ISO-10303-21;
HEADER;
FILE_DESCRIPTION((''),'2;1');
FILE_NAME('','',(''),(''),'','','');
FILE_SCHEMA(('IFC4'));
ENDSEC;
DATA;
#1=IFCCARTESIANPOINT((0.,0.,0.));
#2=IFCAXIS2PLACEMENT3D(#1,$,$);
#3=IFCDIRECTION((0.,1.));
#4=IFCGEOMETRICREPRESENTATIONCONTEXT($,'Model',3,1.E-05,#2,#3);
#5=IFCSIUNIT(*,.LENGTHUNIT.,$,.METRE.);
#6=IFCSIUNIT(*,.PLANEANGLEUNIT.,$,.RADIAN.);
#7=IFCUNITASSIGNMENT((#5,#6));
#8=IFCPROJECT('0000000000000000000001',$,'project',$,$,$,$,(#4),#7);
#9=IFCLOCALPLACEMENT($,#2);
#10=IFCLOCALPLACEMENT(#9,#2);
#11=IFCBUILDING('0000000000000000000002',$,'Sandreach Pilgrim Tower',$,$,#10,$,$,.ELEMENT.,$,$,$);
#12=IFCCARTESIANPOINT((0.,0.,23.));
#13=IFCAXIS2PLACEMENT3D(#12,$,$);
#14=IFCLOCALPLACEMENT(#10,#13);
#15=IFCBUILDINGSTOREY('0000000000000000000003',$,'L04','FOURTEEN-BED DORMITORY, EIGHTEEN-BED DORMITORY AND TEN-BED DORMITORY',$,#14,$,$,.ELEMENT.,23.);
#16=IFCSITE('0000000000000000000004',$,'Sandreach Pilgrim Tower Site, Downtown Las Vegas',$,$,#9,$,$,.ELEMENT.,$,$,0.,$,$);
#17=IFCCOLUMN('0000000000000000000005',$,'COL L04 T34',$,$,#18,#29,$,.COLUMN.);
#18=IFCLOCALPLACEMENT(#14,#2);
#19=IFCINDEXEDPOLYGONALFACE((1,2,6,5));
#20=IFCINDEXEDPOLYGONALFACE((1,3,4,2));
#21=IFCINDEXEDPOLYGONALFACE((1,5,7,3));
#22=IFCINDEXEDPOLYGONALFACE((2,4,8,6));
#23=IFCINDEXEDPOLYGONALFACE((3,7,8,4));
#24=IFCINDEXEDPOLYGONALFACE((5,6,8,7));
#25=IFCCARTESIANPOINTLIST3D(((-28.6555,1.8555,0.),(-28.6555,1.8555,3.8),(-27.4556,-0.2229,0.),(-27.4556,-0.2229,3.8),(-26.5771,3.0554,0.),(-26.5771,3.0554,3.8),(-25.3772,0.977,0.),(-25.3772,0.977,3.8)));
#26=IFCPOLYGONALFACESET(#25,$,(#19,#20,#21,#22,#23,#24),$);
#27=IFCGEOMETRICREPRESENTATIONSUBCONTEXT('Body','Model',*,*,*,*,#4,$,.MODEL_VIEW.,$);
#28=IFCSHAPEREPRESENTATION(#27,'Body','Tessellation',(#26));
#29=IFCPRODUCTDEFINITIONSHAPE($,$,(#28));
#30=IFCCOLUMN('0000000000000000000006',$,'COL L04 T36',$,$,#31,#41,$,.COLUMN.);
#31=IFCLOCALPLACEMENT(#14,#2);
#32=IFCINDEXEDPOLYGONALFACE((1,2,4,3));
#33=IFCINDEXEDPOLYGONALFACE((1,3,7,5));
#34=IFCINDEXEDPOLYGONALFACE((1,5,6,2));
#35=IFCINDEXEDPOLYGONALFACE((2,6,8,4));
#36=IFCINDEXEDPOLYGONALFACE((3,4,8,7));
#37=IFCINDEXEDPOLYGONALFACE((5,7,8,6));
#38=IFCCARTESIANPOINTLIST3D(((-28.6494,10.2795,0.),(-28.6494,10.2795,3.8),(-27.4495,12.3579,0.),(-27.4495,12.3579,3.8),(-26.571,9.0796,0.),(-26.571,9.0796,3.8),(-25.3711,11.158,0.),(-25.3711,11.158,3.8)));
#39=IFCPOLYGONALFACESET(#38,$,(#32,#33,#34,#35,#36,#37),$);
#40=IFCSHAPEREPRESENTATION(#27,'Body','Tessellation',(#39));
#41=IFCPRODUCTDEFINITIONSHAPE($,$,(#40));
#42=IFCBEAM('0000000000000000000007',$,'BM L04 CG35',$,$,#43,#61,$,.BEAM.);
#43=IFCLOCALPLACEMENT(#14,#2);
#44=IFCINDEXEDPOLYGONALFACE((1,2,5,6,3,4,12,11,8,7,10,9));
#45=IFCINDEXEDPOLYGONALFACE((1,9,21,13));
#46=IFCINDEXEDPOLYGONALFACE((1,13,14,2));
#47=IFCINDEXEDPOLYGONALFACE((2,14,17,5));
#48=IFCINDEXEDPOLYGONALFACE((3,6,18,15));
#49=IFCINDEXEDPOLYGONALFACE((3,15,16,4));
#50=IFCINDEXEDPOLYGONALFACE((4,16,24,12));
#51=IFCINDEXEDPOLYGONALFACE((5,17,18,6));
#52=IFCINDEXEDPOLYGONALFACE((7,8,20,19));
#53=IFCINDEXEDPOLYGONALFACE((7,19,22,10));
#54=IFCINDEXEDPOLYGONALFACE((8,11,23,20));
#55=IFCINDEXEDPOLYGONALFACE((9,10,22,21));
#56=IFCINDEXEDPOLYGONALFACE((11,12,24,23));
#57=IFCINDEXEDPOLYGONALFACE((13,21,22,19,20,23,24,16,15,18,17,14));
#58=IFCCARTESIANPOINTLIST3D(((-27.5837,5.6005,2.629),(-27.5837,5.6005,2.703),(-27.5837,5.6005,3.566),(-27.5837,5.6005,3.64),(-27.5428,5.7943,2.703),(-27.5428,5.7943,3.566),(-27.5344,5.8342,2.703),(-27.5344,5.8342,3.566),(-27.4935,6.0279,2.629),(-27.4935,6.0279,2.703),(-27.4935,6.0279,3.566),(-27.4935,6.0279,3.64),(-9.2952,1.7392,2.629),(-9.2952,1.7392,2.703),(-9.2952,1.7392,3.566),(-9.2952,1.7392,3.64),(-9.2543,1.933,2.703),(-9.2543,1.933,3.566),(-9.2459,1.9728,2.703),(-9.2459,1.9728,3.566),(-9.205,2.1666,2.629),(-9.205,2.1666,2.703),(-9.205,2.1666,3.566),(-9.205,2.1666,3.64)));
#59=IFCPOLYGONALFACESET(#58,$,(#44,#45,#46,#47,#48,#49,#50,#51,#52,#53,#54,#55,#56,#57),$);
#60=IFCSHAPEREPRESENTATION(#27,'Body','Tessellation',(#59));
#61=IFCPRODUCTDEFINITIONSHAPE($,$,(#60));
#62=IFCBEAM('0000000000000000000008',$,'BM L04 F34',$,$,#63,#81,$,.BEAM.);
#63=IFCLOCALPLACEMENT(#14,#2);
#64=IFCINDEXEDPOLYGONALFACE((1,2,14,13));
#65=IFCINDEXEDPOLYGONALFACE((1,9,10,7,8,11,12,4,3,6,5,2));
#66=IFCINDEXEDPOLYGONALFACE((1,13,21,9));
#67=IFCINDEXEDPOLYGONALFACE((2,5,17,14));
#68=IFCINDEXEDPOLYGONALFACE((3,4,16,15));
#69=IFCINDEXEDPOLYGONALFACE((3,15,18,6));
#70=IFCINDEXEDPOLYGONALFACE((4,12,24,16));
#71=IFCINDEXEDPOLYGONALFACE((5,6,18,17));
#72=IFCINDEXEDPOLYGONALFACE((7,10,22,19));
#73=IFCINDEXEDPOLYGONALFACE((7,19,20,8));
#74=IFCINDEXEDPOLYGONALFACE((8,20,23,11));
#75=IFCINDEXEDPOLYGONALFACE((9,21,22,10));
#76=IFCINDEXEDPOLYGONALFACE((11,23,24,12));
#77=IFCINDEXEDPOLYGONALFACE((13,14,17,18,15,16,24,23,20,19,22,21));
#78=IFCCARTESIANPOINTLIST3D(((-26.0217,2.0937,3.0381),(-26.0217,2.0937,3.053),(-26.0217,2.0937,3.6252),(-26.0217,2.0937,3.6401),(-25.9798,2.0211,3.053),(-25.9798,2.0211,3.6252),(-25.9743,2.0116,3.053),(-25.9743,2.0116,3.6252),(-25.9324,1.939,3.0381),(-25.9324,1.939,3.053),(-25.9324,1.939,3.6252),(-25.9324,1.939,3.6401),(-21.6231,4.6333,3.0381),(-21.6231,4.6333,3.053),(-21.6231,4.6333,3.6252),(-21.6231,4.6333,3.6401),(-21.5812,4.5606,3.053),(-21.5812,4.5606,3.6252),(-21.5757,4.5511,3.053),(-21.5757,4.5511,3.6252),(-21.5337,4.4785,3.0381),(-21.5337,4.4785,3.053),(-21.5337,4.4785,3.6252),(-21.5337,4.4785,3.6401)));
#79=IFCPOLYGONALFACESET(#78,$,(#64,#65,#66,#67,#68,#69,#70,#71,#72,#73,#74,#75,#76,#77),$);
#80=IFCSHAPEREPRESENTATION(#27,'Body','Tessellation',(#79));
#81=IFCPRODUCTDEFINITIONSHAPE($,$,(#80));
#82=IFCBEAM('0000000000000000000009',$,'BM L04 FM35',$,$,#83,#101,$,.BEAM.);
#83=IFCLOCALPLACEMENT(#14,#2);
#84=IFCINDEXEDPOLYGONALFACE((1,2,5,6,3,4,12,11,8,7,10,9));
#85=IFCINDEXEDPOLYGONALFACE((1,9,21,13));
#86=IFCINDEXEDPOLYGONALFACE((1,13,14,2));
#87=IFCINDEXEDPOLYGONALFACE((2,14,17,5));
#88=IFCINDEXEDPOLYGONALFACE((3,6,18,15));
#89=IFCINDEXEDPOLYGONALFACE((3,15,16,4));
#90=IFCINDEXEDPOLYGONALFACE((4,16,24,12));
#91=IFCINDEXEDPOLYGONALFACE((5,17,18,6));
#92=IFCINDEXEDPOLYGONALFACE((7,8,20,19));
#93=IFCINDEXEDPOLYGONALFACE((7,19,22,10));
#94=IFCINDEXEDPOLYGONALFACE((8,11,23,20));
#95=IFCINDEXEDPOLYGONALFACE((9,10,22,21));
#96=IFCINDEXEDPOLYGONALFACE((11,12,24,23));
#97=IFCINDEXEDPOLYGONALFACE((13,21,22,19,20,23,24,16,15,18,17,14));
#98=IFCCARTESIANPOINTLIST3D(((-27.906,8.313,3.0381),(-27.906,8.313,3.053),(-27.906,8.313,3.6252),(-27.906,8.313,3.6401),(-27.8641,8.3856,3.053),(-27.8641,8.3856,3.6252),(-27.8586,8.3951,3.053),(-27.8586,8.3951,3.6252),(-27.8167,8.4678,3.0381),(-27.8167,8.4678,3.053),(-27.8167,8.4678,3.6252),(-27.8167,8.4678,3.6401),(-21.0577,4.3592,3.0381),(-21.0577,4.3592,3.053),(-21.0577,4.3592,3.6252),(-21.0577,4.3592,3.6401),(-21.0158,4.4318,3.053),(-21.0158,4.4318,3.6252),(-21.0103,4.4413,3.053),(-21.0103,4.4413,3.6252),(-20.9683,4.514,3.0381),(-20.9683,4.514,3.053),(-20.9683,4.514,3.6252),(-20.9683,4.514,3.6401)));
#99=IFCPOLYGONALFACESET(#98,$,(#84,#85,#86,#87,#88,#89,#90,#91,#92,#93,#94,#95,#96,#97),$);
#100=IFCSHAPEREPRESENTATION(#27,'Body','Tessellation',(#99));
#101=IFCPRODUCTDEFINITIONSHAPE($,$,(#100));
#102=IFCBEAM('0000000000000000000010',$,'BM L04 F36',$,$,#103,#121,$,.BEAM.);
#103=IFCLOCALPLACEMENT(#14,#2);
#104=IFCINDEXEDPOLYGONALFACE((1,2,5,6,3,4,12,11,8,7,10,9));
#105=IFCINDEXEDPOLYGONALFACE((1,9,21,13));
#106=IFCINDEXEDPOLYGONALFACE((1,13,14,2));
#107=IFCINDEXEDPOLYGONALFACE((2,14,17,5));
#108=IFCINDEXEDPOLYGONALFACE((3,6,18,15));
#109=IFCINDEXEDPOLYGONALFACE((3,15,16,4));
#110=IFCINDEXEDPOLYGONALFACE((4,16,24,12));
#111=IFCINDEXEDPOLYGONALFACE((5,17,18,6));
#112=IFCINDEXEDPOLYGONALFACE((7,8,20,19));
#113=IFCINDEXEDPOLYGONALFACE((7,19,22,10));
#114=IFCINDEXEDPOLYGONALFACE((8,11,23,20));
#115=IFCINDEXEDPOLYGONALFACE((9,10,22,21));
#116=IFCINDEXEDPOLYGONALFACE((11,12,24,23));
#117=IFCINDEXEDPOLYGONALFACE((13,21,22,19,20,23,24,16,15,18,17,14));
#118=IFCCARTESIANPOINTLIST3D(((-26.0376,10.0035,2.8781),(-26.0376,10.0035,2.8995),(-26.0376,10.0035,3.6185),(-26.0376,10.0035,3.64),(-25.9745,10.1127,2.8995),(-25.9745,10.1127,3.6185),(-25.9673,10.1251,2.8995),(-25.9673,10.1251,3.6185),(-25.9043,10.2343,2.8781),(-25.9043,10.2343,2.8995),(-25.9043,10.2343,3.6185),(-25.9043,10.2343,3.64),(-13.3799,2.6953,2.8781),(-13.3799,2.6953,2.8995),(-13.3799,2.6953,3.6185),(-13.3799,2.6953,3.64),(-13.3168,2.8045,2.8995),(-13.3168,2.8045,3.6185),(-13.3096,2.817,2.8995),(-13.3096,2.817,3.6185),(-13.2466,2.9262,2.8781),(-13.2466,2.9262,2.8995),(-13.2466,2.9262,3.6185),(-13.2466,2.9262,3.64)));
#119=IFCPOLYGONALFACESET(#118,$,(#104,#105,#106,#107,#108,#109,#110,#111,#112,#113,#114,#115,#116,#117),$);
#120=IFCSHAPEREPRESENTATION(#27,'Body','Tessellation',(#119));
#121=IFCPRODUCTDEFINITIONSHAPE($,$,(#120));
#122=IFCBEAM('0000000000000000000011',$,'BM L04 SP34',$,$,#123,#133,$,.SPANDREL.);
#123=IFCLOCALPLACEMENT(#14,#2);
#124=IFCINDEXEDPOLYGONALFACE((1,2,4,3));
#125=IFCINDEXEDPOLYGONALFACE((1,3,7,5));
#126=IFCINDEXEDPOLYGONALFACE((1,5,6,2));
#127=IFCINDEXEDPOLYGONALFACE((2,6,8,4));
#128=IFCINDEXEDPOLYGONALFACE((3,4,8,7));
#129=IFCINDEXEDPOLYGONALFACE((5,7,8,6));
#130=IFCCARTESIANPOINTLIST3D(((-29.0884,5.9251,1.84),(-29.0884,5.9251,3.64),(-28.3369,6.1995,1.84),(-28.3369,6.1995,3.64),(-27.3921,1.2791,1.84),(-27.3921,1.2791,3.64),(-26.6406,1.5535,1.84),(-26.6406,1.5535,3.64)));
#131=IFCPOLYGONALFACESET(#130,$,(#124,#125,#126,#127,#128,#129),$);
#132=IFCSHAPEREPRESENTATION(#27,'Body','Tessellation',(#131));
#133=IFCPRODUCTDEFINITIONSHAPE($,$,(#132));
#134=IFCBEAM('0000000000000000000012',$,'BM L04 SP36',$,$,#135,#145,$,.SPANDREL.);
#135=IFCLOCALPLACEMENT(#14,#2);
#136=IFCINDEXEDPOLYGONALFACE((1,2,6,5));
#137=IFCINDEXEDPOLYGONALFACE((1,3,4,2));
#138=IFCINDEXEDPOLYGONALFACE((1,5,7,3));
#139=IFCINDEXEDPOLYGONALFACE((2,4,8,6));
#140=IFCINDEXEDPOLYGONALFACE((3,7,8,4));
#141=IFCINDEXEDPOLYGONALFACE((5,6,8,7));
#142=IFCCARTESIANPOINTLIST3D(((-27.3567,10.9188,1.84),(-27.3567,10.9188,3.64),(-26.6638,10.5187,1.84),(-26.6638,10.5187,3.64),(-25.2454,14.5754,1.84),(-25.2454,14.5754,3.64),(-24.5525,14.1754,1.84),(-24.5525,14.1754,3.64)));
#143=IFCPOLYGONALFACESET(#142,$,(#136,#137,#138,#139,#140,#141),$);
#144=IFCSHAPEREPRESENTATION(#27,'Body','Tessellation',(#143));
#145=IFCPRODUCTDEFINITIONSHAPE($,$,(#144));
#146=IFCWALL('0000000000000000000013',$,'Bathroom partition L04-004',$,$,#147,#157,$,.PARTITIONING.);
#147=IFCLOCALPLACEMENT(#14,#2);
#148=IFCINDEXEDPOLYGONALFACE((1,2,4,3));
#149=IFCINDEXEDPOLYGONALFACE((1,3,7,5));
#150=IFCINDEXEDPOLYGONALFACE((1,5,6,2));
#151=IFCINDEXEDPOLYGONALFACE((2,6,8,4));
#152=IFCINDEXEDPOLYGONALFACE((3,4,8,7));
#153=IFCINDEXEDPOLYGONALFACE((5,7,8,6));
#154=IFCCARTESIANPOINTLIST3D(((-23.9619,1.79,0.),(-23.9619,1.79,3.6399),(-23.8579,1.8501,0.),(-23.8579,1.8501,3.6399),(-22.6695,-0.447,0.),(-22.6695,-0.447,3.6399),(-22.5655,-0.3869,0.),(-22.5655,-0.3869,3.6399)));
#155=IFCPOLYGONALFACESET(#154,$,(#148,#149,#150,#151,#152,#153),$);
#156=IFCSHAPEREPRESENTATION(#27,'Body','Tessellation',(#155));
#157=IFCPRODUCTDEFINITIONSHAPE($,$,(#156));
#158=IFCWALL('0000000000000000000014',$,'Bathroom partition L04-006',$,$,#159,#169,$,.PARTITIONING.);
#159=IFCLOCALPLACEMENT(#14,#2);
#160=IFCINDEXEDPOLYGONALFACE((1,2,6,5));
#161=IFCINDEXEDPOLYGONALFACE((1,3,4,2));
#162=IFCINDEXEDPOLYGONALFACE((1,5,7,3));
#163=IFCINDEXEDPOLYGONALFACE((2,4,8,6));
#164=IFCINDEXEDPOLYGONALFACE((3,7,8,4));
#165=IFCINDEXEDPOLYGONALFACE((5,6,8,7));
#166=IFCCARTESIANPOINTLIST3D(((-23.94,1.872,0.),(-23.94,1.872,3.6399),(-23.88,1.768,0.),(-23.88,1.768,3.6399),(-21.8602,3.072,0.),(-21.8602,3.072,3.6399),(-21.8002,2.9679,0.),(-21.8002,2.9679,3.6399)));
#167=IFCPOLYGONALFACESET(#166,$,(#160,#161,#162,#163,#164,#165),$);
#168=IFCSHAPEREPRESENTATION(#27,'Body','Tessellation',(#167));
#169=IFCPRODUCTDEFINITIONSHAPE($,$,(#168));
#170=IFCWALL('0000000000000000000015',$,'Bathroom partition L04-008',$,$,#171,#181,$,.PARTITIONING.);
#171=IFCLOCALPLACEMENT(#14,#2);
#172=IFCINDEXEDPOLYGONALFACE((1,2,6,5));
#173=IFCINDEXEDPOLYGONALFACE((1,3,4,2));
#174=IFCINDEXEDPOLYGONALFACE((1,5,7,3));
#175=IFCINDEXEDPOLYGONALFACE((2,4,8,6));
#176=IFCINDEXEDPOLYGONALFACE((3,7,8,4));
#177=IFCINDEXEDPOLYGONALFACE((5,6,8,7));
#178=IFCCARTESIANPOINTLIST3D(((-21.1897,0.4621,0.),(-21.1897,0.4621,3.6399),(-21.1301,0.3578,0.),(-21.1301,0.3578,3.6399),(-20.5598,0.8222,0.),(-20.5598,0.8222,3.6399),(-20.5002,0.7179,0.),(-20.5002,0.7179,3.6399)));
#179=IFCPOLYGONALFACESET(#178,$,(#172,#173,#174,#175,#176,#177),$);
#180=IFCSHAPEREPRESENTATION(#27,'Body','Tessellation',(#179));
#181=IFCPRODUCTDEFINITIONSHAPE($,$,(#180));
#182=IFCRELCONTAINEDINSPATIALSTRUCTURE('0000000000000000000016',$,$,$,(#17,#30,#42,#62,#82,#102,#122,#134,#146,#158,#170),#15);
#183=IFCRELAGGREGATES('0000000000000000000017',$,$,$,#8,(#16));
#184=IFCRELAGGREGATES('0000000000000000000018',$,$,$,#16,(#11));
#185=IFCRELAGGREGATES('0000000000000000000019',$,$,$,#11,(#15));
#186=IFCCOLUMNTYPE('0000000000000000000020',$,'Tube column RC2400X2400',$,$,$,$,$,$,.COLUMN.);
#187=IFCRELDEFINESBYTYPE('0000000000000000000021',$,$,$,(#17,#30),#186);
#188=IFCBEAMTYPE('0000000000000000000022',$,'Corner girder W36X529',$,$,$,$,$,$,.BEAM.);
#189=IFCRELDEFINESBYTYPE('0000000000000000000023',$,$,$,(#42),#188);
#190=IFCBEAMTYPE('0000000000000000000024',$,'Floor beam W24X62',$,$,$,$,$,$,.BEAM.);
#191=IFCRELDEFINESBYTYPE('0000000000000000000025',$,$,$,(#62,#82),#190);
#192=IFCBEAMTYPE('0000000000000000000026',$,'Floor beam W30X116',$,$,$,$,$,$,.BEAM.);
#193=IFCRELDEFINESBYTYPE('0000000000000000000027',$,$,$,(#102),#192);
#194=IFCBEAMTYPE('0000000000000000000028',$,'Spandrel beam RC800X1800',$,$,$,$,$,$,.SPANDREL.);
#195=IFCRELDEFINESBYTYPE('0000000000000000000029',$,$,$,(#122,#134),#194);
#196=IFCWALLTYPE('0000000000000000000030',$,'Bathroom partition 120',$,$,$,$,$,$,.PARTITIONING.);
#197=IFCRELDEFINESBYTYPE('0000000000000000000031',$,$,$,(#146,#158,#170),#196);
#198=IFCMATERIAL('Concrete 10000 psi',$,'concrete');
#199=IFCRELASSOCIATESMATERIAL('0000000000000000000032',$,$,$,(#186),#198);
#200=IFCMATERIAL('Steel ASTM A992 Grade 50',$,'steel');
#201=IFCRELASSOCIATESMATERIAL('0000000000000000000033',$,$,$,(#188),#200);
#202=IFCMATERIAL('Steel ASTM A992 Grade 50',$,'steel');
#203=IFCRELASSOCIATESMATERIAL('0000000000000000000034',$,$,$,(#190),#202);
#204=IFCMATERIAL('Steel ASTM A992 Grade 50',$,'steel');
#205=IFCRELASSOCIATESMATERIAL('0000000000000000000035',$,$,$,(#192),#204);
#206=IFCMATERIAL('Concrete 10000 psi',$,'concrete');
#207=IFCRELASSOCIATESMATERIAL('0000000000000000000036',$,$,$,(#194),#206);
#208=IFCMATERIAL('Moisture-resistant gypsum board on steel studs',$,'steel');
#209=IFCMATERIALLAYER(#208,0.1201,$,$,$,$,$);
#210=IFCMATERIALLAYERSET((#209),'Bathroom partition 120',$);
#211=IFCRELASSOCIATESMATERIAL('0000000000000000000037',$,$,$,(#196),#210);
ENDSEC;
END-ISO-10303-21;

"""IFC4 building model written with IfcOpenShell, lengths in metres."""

from ifc_helpers import new_model, si_unit, direction, frame, frame_2d, origin, origin_2d, place, context, subcontext, project, spatial, rectangle, i_section, extrude, material, layer, layer_set, material_profile, profile_set, type_object, element, save


model = new_model("IFC4")

# Units and contexts
model_context = context("Model", 3, precision=1e-05, world=origin(), true_north=direction((0.0, 1.0)))
body_context = subcontext(model_context, "Body", "Model", "MODEL_VIEW")
ifc_project = project(units=[si_unit("LENGTHUNIT", "METRE"), si_unit("PLANEANGLEUNIT", "RADIAN")], contexts=[model_context])

# Site, building, storey
site_placement = place(None, origin())
site = spatial("IfcSite", under=ifc_project, at=site_placement, Name="Sandreach Pilgrim Tower Site, Downtown Las Vegas", CompositionType="ELEMENT", RefElevation=0.0)
building_placement = place(site_placement, origin())
building = spatial("IfcBuilding", under=site, at=building_placement, Name="Sandreach Pilgrim Tower", CompositionType="ELEMENT")
storey_placement = place(building_placement, frame((0.0, 0.0, 23.0)))
storey = spatial("IfcBuildingStorey", under=building, at=storey_placement, Name="L04", Description="FOURTEEN-BED DORMITORY, EIGHTEEN-BED DORMITORY AND TEN-BED DORMITORY", CompositionType="ELEMENT", Elevation=23.0)

# Columns
ifc_material_1 = material(Name="Concrete 10000 psi", Category="concrete")
ifc_material_profile_1 = material_profile(ifc_material_1, rectangle(XDim=2.3999, YDim=2.3999, at=origin_2d()), Name="RC2400X2400")
ifc_profile_set_1 = profile_set([ifc_material_profile_1], Name="Concrete 10000 psi")
column_type = type_object("IfcColumnType", Name="Tube column RC2400X2400", PredefinedType="COLUMN", material=ifc_profile_set_1)
for number, where, z_axis, x_axis, name in (
    (1, (-27.0164, 1.4163, 0.0), (0.0, 0.0, 1.0), (-0.866025, -0.5, 0.0), "COL L04 T34"),
    (2, (-27.0103, 10.7188, 0.0), (0.0, 0.0, 1.0), (-0.866025, 0.5, 0.0), "COL L04 T36"),
):
    element("IfcColumn", number, at=place(storey_placement, frame(where, z_axis=z_axis, x_axis=x_axis)), inside=storey, type_object=column_type, Name=name, PredefinedType="COLUMN", context=body_context, shape_type="SweptSolid", body=[
        extrude(rectangle(XDim=2.3999, YDim=2.3999, at=origin_2d()), origin(), (0.0, 0.0, 1.0), 3.8),
    ])

# Beams
ifc_material_2 = material(Name="Steel ASTM A992 Grade 50", Category="steel")
ifc_material_profile_2 = material_profile(ifc_material_2, i_section(OverallWidth=0.4368, OverallDepth=1.011, WebThickness=0.0408, FlangeThickness=0.074, at=origin_2d()), Name="W36X529")
ifc_profile_set_2 = profile_set([ifc_material_profile_2], Name="Steel ASTM A992 Grade 50")
beam_type_1 = type_object("IfcBeamType", Name="Corner girder W36X529", PredefinedType="BEAM", material=ifc_profile_set_2)
beam_1_placement = place(storey_placement, frame((-27.5386, 5.8142, 3.1345), z_axis=(0.97843, -0.206579, 0.0), x_axis=(0.206579, 0.97843, 0.0)))
element("IfcBeam", 3, at=beam_1_placement, inside=storey, type_object=beam_type_1, Name="BM L04 CG35", PredefinedType="BEAM", context=body_context, shape_type="SweptSolid", body=[
    extrude(i_section(OverallWidth=0.4368, OverallDepth=1.011, WebThickness=0.0408, FlangeThickness=0.074, at=origin_2d()), origin(), (0.0, 0.0, 1.0), 18.6917),
])
ifc_material_3 = material(Name="Steel ASTM A992 Grade 50", Category="steel")
ifc_material_profile_3 = material_profile(ifc_material_3, i_section(OverallWidth=0.1787, OverallDepth=0.6021, WebThickness=0.011, FlangeThickness=0.0149, at=origin_2d()), Name="W24X62")
ifc_profile_set_3 = profile_set([ifc_material_profile_3], Name="Steel ASTM A992 Grade 50")
beam_type_2 = type_object("IfcBeamType", Name="Floor beam W24X62", PredefinedType="BEAM", material=ifc_profile_set_3)
beam_2_placement = place(storey_placement, frame((-25.9771, 2.0164, 3.3391), z_axis=(0.866028, 0.499996, 0.0), x_axis=(-0.499996, 0.866028, 0.0)))
element("IfcBeam", 4, at=beam_2_placement, inside=storey, type_object=beam_type_2, Name="BM L04 F34", PredefinedType="BEAM", context=body_context, shape_type="SweptSolid", body=[
    extrude(i_section(OverallWidth=0.1787, OverallDepth=0.6021, WebThickness=0.011, FlangeThickness=0.0149, at=origin_2d()), origin(), (0.0, 0.0, 1.0), 5.0791),
])
beam_3_placement = place(storey_placement, frame((-27.8613, 8.3904, 3.3391), z_axis=(0.866029, -0.499994, 0.0), x_axis=(0.499994, 0.866029, 0.0)))
element("IfcBeam", 5, at=beam_3_placement, inside=storey, type_object=beam_type_2, Name="BM L04 FM35", PredefinedType="BEAM", context=body_context, shape_type="SweptSolid", body=[
    extrude(i_section(OverallWidth=0.1787, OverallDepth=0.6021, WebThickness=0.011, FlangeThickness=0.0149, at=origin_2d()), origin(), (0.0, 0.0, 1.0), 7.9077),
])
ifc_material_4 = material(Name="Steel ASTM A992 Grade 50", Category="steel")
ifc_material_profile_4 = material_profile(ifc_material_4, i_section(OverallWidth=0.2666, OverallDepth=0.762, WebThickness=0.0144, FlangeThickness=0.0215, at=origin_2d()), Name="W30X116")
ifc_profile_set_4 = profile_set([ifc_material_profile_4], Name="Steel ASTM A992 Grade 50")
beam_type_3 = type_object("IfcBeamType", Name="Floor beam W30X116", PredefinedType="BEAM", material=ifc_profile_set_4)
beam_4_placement = place(storey_placement, frame((-25.9709, 10.1189, 3.259), z_axis=(0.86602, -0.500009, 0.0), x_axis=(0.500009, 0.86602, 0.0)))
element("IfcBeam", 6, at=beam_4_placement, inside=storey, type_object=beam_type_3, Name="BM L04 F36", PredefinedType="BEAM", context=body_context, shape_type="SweptSolid", body=[
    extrude(i_section(OverallWidth=0.2666, OverallDepth=0.762, WebThickness=0.0144, FlangeThickness=0.0215, at=origin_2d()), origin(), (0.0, 0.0, 1.0), 14.616),
])
ifc_material_5 = material(Name="Concrete 10000 psi", Category="concrete")
ifc_material_profile_5 = material_profile(ifc_material_5, rectangle(XDim=0.8, YDim=1.8, at=origin_2d()), Name="RC800X1800")
ifc_profile_set_5 = profile_set([ifc_material_profile_5], Name="Concrete 10000 psi")
beam_type_4 = type_object("IfcBeamType", Name="Spandrel beam RC800X1800", PredefinedType="SPANDREL", material=ifc_profile_set_5)
beam_5_placement = place(storey_placement, frame((-27.0164, 1.4163, 2.74), z_axis=(-0.342963, 0.939349, 0.0), x_axis=(-0.939349, -0.342963, 0.0)))
element("IfcBeam", 7, at=beam_5_placement, inside=storey, type_object=beam_type_4, Name="BM L04 SP34", PredefinedType="SPANDREL", context=body_context, shape_type="SweptSolid", body=[
    extrude(rectangle(XDim=0.8, YDim=1.8, at=origin_2d()), origin(), (0.0, 0.0, 1.0), 4.946),
])
beam_6_placement = place(storey_placement, frame((-27.0103, 10.7188, 2.74), z_axis=(0.500019, 0.866014, 0.0), x_axis=(-0.866014, 0.500019, 0.0)))
element("IfcBeam", 8, at=beam_6_placement, inside=storey, type_object=beam_type_4, Name="BM L04 SP36", PredefinedType="SPANDREL", context=body_context, shape_type="SweptSolid", body=[
    extrude(rectangle(XDim=0.8, YDim=1.8, at=origin_2d()), origin(), (0.0, 0.0, 1.0), 4.2224),
])

# Walls
ifc_material_6 = material(Name="Moisture-resistant gypsum board on steel studs", Category="steel")
ifc_layer_1 = layer(ifc_material_6, 0.1201)
ifc_layer_set_1 = layer_set([ifc_layer_1], Name="Bathroom partition 120")
wall_type_1 = type_object("IfcWallType", Name="Bathroom partition 120", PredefinedType="PARTITIONING", material=ifc_layer_set_1)
wall_1_placement = place(storey_placement, frame((-23.9099, 1.8201, 0.0), z_axis=(0.0, 0.0, 1.0), x_axis=(0.500265, -0.865872, 0.0)))
element("IfcWall", 9, at=wall_1_placement, inside=storey, type_object=wall_type_1, Name="Bathroom partition L04-004", PredefinedType="PARTITIONING", context=body_context, shape_type="SweptSolid", body=[
    extrude(rectangle(XDim=2.5835, YDim=0.1201, at=frame_2d((1.2917, 0.0))), origin(), (0.0, 0.0, 1.0), 3.6399),
])
wall_2_placement = place(storey_placement, frame((-21.8301, 3.02, 0.0), z_axis=(0.0, 0.0, 1.0), x_axis=(-0.866177, -0.499737, 0.0)))
element("IfcWall", 10, at=wall_2_placement, inside=storey, type_object=wall_type_1, Name="Bathroom partition L04-006", PredefinedType="PARTITIONING", context=body_context, shape_type="SweptSolid", body=[
    extrude(rectangle(XDim=2.4011, YDim=0.1201, at=frame_2d((1.2007, 0.0))), origin(), (0.0, 0.0, 1.0), 3.6399),
])
wall_3_placement = place(storey_placement, frame((-21.1599, 0.4099, 0.0), z_axis=(0.0, 0.0, 1.0), x_axis=(0.86814, 0.49632, 0.0)))
element("IfcWall", 11, at=wall_3_placement, inside=storey, type_object=wall_type_1, Name="Bathroom partition L04-008", PredefinedType="PARTITIONING", context=body_context, shape_type="SweptSolid", body=[
    extrude(rectangle(XDim=0.7256, YDim=0.1201, at=frame_2d((0.3628, 0.0))), origin(), (0.0, 0.0, 1.0), 3.6399),
])

save(model, "model.ifc")
